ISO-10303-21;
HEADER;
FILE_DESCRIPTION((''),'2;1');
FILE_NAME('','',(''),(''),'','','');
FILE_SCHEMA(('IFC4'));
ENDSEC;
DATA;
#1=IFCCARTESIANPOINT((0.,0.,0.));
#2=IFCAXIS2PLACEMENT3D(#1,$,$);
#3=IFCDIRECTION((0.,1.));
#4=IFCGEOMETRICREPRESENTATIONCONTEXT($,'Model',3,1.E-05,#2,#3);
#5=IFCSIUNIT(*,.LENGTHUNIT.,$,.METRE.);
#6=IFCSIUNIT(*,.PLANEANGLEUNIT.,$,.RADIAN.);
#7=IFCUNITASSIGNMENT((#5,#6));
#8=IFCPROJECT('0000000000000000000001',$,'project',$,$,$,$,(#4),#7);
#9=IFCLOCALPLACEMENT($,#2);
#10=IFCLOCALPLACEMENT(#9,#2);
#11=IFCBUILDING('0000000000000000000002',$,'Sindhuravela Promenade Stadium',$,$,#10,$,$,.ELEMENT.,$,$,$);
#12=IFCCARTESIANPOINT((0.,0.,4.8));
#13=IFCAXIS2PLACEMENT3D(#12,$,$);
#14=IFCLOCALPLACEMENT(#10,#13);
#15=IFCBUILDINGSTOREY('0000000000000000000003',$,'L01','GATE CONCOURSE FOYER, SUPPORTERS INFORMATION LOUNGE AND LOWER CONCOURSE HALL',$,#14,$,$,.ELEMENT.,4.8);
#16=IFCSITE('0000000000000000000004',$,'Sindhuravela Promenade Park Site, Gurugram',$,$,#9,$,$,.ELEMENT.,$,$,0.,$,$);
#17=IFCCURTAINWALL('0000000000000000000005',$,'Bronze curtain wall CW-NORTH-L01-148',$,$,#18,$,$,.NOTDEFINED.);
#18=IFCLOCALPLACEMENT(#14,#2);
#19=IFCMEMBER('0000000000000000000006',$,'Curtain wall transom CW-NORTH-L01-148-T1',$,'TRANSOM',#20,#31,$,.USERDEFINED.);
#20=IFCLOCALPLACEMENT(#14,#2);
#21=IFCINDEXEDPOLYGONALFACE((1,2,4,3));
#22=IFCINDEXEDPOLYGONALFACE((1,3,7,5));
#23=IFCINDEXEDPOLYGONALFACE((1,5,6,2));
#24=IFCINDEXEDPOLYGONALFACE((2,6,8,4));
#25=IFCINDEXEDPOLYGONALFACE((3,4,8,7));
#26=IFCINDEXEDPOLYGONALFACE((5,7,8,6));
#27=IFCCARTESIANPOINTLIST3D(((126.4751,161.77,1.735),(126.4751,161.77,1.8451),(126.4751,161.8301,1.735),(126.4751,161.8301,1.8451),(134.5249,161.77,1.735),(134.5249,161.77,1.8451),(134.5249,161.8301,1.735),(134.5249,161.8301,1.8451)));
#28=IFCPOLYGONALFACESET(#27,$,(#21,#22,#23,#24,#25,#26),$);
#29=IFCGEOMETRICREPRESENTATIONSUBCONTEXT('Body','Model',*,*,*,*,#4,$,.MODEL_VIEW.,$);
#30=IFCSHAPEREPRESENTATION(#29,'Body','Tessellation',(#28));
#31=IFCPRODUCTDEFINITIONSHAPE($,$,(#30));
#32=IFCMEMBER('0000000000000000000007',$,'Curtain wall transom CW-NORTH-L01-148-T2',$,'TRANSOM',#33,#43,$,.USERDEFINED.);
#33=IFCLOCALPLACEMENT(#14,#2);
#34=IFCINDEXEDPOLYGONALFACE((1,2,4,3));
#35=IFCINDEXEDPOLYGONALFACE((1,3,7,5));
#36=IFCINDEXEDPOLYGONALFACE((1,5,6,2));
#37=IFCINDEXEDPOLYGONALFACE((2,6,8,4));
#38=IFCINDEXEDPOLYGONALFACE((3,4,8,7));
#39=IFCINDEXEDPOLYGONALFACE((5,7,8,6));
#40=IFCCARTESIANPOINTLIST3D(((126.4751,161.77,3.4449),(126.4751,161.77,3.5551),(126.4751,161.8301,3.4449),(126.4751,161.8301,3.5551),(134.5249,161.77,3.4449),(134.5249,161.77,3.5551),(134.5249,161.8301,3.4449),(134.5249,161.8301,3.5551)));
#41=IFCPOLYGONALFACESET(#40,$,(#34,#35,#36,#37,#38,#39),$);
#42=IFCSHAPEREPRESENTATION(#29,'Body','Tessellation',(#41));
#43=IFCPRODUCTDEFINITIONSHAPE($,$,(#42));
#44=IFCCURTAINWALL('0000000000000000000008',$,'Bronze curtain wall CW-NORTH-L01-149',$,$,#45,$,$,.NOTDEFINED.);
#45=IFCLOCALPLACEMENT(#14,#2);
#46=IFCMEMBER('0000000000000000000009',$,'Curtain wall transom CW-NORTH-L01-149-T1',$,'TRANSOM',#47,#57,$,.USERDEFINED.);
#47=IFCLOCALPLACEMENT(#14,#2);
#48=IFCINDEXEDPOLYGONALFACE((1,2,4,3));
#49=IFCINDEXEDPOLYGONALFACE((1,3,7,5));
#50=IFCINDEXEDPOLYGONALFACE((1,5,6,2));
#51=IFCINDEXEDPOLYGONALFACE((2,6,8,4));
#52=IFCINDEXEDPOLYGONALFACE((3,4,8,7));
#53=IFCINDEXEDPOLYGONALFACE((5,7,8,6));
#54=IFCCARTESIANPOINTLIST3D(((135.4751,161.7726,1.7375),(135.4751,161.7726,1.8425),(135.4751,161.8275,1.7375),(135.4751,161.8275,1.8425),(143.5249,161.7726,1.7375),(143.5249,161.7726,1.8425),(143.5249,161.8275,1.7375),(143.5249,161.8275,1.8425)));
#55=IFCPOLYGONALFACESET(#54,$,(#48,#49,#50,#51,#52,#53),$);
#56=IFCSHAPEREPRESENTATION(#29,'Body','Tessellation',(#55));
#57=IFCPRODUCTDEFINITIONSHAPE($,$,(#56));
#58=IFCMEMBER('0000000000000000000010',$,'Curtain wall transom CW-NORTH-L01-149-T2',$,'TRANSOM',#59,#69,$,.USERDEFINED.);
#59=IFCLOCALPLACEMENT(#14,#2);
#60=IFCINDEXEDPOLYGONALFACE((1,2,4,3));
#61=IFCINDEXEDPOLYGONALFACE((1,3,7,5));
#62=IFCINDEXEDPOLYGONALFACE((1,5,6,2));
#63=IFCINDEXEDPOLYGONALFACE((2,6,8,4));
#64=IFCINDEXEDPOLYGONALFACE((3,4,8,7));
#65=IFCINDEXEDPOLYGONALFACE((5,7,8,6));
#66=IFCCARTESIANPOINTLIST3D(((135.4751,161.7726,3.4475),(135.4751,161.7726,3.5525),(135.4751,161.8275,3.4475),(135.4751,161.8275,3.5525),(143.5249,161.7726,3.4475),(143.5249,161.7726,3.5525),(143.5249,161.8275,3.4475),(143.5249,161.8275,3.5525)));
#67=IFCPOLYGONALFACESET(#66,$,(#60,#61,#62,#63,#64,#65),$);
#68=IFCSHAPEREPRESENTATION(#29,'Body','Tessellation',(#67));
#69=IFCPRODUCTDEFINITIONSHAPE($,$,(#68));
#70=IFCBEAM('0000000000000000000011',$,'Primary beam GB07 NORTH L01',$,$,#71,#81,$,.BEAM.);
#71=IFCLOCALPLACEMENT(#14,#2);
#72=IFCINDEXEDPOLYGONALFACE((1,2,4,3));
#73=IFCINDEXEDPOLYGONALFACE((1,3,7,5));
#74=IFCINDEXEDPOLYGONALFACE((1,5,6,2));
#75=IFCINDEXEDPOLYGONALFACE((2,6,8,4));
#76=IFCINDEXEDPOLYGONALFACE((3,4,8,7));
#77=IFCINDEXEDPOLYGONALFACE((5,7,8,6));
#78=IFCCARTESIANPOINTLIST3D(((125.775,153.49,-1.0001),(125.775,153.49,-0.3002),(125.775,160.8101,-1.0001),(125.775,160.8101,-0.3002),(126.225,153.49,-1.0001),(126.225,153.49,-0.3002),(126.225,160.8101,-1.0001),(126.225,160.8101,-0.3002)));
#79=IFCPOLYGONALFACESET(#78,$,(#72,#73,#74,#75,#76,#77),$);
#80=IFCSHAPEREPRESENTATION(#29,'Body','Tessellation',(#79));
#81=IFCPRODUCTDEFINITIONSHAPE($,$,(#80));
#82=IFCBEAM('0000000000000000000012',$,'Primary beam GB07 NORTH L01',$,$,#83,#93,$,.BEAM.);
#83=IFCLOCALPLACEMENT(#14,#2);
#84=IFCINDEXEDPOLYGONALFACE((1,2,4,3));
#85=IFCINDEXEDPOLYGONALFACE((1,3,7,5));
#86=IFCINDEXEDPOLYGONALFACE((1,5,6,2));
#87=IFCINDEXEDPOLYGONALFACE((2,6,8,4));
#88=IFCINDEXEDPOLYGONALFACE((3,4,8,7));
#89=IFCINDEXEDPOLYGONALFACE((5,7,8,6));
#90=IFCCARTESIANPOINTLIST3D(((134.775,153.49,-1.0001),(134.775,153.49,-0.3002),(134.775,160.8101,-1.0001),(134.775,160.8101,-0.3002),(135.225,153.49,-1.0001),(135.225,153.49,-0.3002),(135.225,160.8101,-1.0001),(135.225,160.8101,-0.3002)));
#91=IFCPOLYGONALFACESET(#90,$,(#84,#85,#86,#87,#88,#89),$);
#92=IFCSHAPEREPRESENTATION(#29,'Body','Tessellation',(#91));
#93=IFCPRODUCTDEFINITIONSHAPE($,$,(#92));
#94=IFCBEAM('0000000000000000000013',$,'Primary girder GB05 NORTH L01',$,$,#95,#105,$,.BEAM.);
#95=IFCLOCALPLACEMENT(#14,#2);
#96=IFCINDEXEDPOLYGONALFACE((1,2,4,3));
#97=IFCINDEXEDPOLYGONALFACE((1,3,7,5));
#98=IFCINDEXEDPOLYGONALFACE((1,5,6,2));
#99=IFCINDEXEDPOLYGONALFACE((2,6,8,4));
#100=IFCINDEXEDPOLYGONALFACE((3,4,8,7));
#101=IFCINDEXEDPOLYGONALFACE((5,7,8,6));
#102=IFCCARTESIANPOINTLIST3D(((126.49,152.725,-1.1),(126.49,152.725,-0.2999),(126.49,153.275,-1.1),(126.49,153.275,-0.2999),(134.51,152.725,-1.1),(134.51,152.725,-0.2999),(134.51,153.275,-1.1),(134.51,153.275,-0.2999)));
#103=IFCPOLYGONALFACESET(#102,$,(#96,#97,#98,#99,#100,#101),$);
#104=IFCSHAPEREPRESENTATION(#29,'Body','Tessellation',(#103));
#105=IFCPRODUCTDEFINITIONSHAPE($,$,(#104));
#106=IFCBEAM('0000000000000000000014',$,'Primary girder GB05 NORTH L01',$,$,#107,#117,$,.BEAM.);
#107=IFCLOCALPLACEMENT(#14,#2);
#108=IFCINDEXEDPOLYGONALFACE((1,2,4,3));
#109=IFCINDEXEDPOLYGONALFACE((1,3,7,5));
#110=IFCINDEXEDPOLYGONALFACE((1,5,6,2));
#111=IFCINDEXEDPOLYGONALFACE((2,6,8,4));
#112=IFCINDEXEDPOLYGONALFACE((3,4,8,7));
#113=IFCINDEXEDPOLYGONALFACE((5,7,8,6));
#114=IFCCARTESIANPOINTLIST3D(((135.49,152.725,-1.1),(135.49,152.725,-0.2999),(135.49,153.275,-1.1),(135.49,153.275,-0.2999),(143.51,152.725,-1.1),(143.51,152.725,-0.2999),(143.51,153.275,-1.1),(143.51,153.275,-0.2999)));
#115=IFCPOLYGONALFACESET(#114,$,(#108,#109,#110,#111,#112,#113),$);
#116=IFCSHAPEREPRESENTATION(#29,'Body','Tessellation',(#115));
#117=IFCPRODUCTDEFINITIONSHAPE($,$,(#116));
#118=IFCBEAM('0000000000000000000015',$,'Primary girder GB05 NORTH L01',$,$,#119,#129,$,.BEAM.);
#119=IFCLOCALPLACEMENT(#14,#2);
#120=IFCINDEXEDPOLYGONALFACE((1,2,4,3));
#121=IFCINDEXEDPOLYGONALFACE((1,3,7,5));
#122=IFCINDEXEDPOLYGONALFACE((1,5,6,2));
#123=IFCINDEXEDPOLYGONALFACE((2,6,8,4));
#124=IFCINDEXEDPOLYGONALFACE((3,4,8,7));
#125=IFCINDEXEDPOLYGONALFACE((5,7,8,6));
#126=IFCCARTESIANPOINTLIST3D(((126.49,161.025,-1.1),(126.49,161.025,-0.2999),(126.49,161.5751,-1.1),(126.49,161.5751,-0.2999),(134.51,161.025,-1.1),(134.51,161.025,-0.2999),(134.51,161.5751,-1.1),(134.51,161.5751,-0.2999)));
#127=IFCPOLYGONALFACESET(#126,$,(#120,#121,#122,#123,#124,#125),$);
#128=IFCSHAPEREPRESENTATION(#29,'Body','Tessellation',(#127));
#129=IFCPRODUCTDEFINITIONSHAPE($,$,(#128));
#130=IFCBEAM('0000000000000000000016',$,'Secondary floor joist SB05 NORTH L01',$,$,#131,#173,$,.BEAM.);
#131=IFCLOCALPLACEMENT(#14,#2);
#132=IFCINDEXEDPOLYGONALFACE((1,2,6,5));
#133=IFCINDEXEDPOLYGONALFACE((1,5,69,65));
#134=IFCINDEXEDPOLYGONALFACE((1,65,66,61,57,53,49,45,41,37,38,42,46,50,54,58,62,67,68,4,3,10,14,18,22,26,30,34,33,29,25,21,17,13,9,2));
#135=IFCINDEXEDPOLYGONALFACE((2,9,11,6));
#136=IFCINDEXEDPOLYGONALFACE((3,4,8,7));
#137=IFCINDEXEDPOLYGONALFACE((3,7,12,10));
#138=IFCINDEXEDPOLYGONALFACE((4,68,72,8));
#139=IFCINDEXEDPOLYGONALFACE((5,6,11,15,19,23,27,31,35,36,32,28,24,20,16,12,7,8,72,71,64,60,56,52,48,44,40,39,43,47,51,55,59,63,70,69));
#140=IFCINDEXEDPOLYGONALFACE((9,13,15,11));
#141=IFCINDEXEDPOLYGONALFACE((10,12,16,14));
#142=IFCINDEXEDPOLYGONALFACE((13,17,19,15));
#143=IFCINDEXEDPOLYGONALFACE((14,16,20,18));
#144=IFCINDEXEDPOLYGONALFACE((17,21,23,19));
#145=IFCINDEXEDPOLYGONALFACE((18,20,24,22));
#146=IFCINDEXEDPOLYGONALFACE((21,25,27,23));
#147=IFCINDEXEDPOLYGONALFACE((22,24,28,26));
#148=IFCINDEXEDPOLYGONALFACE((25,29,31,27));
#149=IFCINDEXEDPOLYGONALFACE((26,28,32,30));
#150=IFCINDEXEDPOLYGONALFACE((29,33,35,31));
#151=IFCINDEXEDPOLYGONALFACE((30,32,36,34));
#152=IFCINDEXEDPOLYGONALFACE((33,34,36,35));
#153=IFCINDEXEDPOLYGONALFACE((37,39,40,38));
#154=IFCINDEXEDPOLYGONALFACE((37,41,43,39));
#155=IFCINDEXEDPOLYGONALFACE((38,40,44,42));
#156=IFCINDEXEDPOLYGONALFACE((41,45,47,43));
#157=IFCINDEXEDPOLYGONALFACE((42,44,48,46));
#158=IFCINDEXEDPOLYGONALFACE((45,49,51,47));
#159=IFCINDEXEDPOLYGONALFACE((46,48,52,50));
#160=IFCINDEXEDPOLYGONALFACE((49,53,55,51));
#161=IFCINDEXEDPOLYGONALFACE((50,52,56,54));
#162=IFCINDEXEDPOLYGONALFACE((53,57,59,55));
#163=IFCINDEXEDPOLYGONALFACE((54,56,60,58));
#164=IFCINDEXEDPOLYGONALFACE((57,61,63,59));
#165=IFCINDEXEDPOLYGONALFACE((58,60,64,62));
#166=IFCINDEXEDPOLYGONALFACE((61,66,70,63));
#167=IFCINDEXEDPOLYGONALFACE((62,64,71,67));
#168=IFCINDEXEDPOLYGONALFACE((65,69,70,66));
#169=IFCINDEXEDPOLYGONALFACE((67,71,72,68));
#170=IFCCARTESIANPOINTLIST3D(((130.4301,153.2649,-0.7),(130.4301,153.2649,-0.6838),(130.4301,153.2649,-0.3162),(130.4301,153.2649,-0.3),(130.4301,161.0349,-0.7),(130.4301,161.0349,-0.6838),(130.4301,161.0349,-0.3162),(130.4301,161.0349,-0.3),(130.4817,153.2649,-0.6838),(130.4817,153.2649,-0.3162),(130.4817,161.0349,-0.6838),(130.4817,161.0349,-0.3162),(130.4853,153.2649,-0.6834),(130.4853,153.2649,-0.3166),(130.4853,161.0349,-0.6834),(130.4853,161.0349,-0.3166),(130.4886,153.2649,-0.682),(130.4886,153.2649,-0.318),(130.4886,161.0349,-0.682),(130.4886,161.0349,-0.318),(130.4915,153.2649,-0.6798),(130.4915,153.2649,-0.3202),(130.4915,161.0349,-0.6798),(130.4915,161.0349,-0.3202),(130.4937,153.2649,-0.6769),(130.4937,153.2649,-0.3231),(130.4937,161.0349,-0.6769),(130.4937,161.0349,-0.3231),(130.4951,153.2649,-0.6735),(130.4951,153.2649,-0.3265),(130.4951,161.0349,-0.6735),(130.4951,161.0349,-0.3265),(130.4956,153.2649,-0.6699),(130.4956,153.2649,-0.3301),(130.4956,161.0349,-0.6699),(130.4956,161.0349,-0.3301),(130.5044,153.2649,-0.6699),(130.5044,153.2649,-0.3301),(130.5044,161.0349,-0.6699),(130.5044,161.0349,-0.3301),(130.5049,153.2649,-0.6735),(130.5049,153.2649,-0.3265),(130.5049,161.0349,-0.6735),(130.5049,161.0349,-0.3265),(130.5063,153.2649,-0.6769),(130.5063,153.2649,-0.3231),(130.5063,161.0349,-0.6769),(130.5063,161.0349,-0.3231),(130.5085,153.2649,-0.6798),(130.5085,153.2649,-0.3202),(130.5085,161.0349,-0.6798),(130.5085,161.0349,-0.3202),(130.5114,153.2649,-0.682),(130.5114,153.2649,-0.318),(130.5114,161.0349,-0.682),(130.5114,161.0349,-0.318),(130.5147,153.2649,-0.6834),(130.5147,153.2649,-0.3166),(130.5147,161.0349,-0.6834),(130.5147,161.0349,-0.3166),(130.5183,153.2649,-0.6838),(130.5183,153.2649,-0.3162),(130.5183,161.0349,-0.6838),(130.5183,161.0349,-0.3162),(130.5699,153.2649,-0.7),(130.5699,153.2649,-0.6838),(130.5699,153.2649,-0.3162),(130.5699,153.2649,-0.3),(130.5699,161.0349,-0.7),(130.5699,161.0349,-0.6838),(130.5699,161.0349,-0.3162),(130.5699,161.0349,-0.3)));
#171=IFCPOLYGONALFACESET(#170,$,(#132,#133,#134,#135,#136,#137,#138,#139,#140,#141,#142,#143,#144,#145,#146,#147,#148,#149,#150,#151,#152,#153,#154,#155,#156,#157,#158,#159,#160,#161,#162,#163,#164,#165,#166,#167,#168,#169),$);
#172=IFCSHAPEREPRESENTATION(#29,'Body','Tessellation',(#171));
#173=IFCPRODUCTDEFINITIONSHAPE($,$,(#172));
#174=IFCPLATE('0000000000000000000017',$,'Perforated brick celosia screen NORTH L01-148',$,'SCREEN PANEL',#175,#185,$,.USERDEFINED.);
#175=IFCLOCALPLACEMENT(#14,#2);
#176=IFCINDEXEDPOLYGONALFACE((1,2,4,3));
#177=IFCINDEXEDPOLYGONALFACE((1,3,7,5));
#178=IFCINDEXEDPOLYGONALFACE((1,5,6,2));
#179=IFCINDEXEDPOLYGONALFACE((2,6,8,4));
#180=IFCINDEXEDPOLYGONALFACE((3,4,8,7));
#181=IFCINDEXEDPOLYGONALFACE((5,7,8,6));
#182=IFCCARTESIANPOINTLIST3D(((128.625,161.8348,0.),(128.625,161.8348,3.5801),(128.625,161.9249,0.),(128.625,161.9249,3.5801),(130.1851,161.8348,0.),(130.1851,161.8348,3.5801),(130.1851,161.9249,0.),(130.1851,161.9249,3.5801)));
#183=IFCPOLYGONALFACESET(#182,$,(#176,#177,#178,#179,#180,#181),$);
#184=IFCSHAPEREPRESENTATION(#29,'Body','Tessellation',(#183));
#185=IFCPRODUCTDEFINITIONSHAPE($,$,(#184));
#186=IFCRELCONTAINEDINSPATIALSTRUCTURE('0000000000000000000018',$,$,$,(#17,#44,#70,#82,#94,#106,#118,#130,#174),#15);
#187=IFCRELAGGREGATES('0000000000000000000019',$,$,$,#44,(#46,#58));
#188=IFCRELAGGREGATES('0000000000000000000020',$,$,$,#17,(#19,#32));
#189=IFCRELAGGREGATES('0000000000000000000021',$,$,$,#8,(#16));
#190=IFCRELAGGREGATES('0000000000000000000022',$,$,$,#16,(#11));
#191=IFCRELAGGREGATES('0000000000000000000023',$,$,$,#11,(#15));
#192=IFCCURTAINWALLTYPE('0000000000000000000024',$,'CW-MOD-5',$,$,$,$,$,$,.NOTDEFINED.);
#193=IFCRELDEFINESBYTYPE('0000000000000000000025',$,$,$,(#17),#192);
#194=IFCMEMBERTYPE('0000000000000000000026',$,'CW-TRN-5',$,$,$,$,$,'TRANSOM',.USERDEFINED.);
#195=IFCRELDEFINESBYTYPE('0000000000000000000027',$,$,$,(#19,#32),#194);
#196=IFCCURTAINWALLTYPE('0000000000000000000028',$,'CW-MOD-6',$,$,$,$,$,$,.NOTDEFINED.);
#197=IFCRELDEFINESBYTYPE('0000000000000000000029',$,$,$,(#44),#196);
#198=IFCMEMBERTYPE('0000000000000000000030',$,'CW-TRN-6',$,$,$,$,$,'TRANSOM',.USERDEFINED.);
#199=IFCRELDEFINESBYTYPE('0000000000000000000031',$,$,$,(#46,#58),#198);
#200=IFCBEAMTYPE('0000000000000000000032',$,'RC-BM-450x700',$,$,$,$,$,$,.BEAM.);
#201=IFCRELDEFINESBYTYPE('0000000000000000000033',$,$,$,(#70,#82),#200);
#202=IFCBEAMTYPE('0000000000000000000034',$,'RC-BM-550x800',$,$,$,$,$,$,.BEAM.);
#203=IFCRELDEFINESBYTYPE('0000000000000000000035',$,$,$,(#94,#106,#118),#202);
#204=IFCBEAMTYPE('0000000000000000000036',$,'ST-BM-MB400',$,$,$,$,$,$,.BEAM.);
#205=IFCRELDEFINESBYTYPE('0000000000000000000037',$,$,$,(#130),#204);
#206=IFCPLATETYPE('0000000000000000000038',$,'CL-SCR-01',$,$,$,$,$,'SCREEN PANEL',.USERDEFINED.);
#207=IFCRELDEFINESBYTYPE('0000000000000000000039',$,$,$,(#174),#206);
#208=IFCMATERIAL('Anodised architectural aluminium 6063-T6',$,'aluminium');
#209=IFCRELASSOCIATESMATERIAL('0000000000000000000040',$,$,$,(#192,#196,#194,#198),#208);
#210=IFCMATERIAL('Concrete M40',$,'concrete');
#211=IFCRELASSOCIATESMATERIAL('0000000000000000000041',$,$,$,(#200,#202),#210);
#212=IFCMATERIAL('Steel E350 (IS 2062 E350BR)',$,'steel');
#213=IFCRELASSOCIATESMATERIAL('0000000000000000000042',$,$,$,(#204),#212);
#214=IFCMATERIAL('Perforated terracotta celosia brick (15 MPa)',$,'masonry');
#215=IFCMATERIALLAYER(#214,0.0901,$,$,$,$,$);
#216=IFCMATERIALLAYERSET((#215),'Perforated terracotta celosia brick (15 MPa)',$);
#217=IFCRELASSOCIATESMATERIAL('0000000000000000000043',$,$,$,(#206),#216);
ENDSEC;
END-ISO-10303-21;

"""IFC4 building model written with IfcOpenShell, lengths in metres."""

from ifc_helpers import new_model, si_unit, direction, frame, origin, origin_2d, place, context, subcontext, project, spatial, rectangle, i_section, extrude, material, layer, layer_set, material_profile, profile_set, type_object, element, aggregate, save


model = new_model("IFC4")

# Units and contexts
model_context = context("Model", 3, precision=1e-05, world=origin(), true_north=direction((0.0, 1.0)))
body_context = subcontext(model_context, "Body", "Model", "MODEL_VIEW")
ifc_project = project(units=[si_unit("LENGTHUNIT", "METRE"), si_unit("PLANEANGLEUNIT", "RADIAN")], contexts=[model_context])

# Site, building, storey
site_placement = place(None, origin())
site = spatial("IfcSite", under=ifc_project, at=site_placement, Name="Sindhuravela Promenade Park Site, Gurugram", CompositionType="ELEMENT", RefElevation=0.0)
building_placement = place(site_placement, origin())
building = spatial("IfcBuilding", under=site, at=building_placement, Name="Sindhuravela Promenade Stadium", CompositionType="ELEMENT")
storey_placement = place(building_placement, frame((0.0, 0.0, 4.8)))
storey = spatial("IfcBuildingStorey", under=building, at=storey_placement, Name="L01", Description="GATE CONCOURSE FOYER, SUPPORTERS INFORMATION LOUNGE AND LOWER CONCOURSE HALL", CompositionType="ELEMENT", Elevation=4.8)

# Shared definitions
ifc_material_1 = material(Name="Concrete M40", Category="concrete")

# Curtain wall
ifc_material_2 = material(Name="Anodised architectural aluminium 6063-T6", Category="aluminium")
curtain_wall_type_1 = type_object("IfcCurtainWallType", Name="CW-MOD-5", PredefinedType="NOTDEFINED", material=ifc_material_2)
curtain_wall_1_placement = place(storey_placement, origin())
curtain_wall_1 = element("IfcCurtainWall", 1, at=curtain_wall_1_placement, inside=storey, type_object=curtain_wall_type_1, Name="Bronze curtain wall CW-NORTH-L01-148", PredefinedType="NOTDEFINED")

# Members
ifc_material_profile_1 = material_profile(ifc_material_2, rectangle(XDim=0.0601, YDim=0.1101, at=origin_2d()), Name="ALU T60x110")
ifc_profile_set_1 = profile_set([ifc_material_profile_1], Name="Anodised architectural aluminium 6063-T6")
member_type_1 = type_object("IfcMemberType", Name="CW-TRN-5", ElementType="TRANSOM", PredefinedType="USERDEFINED", material=ifc_profile_set_1)
member_1_placement = place(storey_placement, frame((126.4751, 161.8, 1.79), z_axis=(1.0, 0.0, 0.0), x_axis=(0.0, 1.0, 0.0)))
member_1 = element("IfcMember", 2, at=member_1_placement, type_object=member_type_1, Name="Curtain wall transom CW-NORTH-L01-148-T1", ObjectType="TRANSOM", PredefinedType="USERDEFINED", context=body_context, shape_type="SweptSolid", body=[
    extrude(rectangle(XDim=0.0601, YDim=0.1101, at=origin_2d()), origin(), (0.0, 0.0, 1.0), 8.0498),
])
member_2_placement = place(storey_placement, frame((126.4751, 161.8, 3.5), z_axis=(1.0, 0.0, 0.0), x_axis=(0.0, 1.0, 0.0)))
member_2 = element("IfcMember", 3, at=member_2_placement, type_object=member_type_1, Name="Curtain wall transom CW-NORTH-L01-148-T2", ObjectType="TRANSOM", PredefinedType="USERDEFINED", context=body_context, shape_type="SweptSolid", body=[
    extrude(rectangle(XDim=0.0601, YDim=0.1101, at=origin_2d()), origin(), (0.0, 0.0, 1.0), 8.0498),
])

# Curtain wall, members
curtain_wall_type_2 = type_object("IfcCurtainWallType", Name="CW-MOD-6", PredefinedType="NOTDEFINED", material=ifc_material_2)
curtain_wall_2_placement = place(storey_placement, origin())
curtain_wall_2 = element("IfcCurtainWall", 4, at=curtain_wall_2_placement, inside=storey, type_object=curtain_wall_type_2, Name="Bronze curtain wall CW-NORTH-L01-149", PredefinedType="NOTDEFINED")
ifc_material_profile_2 = material_profile(ifc_material_2, rectangle(XDim=0.0549, YDim=0.105, at=origin_2d()), Name="ALU T55x105")
ifc_profile_set_2 = profile_set([ifc_material_profile_2], Name="Anodised architectural aluminium 6063-T6")
member_type_2 = type_object("IfcMemberType", Name="CW-TRN-6", ElementType="TRANSOM", PredefinedType="USERDEFINED", material=ifc_profile_set_2)
member_3_placement = place(storey_placement, frame((135.4751, 161.8, 1.79), z_axis=(1.0, 0.0, 0.0), x_axis=(0.0, 1.0, 0.0)))
member_3 = element("IfcMember", 5, at=member_3_placement, type_object=member_type_2, Name="Curtain wall transom CW-NORTH-L01-149-T1", ObjectType="TRANSOM", PredefinedType="USERDEFINED", context=body_context, shape_type="SweptSolid", body=[
    extrude(rectangle(XDim=0.0549, YDim=0.105, at=origin_2d()), origin(), (0.0, 0.0, 1.0), 8.0498),
])
member_4_placement = place(storey_placement, frame((135.4751, 161.8, 3.5), z_axis=(1.0, 0.0, 0.0), x_axis=(0.0, 1.0, 0.0)))
member_4 = element("IfcMember", 6, at=member_4_placement, type_object=member_type_2, Name="Curtain wall transom CW-NORTH-L01-149-T2", ObjectType="TRANSOM", PredefinedType="USERDEFINED", context=body_context, shape_type="SweptSolid", body=[
    extrude(rectangle(XDim=0.0549, YDim=0.105, at=origin_2d()), origin(), (0.0, 0.0, 1.0), 8.0498),
])
aggregate(curtain_wall_2, [member_3, member_4])

# Beams
ifc_material_profile_3 = material_profile(ifc_material_1, rectangle(XDim=0.45, YDim=0.7, at=origin_2d()), Name="RC 450x700")
ifc_profile_set_3 = profile_set([ifc_material_profile_3], Name="Concrete M40")
beam_type_1 = type_object("IfcBeamType", Name="RC-BM-450x700", PredefinedType="BEAM", material=ifc_profile_set_3)
for number, where, z_axis, x_axis, name in (
    (7, (126.0, 153.49, -0.6501), (0.0, 1.0, 0.0), (-1.0, 0.0, 0.0), "Primary beam GB07 NORTH L01"),
    (8, (135.0, 153.49, -0.6501), (0.0, 1.0, 0.0), (-1.0, 0.0, 0.0), "Primary beam GB07 NORTH L01"),
):
    element("IfcBeam", number, at=place(storey_placement, frame(where, z_axis=z_axis, x_axis=x_axis)), inside=storey, type_object=beam_type_1, Name=name, PredefinedType="BEAM", context=body_context, shape_type="SweptSolid", body=[
        extrude(rectangle(XDim=0.45, YDim=0.7, at=origin_2d()), origin(), (0.0, 0.0, 1.0), 7.3201),
    ])
ifc_material_profile_4 = material_profile(ifc_material_1, rectangle(XDim=0.55, YDim=0.8, at=origin_2d()), Name="RC 550x800")
ifc_profile_set_4 = profile_set([ifc_material_profile_4], Name="Concrete M40")
beam_type_2 = type_object("IfcBeamType", Name="RC-BM-550x800", PredefinedType="BEAM", material=ifc_profile_set_4)
for number, where, z_axis, x_axis, name in (
    (9, (126.49, 153.0, -0.7), (1.0, 0.0, 0.0), (0.0, 1.0, 0.0), "Primary girder GB05 NORTH L01"),
    (10, (135.49, 153.0, -0.7), (1.0, 0.0, 0.0), (0.0, 1.0, 0.0), "Primary girder GB05 NORTH L01"),
    (11, (126.49, 161.3, -0.7), (1.0, 0.0, 0.0), (0.0, 1.0, 0.0), "Primary girder GB05 NORTH L01"),
):
    element("IfcBeam", number, at=place(storey_placement, frame(where, z_axis=z_axis, x_axis=x_axis)), inside=storey, type_object=beam_type_2, Name=name, PredefinedType="BEAM", context=body_context, shape_type="SweptSolid", body=[
        extrude(rectangle(XDim=0.55, YDim=0.8, at=origin_2d()), origin(), (0.0, 0.0, 1.0), 8.02),
    ])
ifc_material_3 = material(Name="Steel E350 (IS 2062 E350BR)", Category="steel")
ifc_material_profile_5 = material_profile(ifc_material_3, i_section(OverallWidth=0.1399, OverallDepth=0.3999, WebThickness=0.0088, FlangeThickness=0.0161, FilletRadius=0.0139, at=origin_2d()), Name="ISMB 400")
ifc_profile_set_5 = profile_set([ifc_material_profile_5], Name="Steel E350 (IS 2062 E350BR)")
beam_type_3 = type_object("IfcBeamType", Name="ST-BM-MB400", PredefinedType="BEAM", material=ifc_profile_set_5)
beam_placement = place(storey_placement, frame((130.5, 153.2649, -0.5), z_axis=(0.0, 1.0, 0.0), x_axis=(-1.0, 0.0, 0.0)))
element("IfcBeam", 12, at=beam_placement, inside=storey, type_object=beam_type_3, Name="Secondary floor joist SB05 NORTH L01", PredefinedType="BEAM", context=body_context, shape_type="SweptSolid", body=[
    extrude(i_section(OverallWidth=0.1399, OverallDepth=0.3999, WebThickness=0.0088, FlangeThickness=0.0161, FilletRadius=0.0139, at=origin_2d()), origin(), (0.0, 0.0, 1.0), 7.77),
])

# Plate
ifc_material_4 = material(Name="Perforated terracotta celosia brick (15 MPa)", Category="masonry")
ifc_layer_1 = layer(ifc_material_4, 0.0901)
ifc_layer_set_1 = layer_set([ifc_layer_1], Name="Perforated terracotta celosia brick (15 MPa)")
plate_type_1 = type_object("IfcPlateType", Name="CL-SCR-01", ElementType="SCREEN PANEL", PredefinedType="USERDEFINED", material=ifc_layer_set_1)
plate_1_placement = place(storey_placement, frame((129.405, 161.8799, 0.0), z_axis=(0.0, 0.0, 1.0), x_axis=(1.0, 0.0, 0.0)))
element("IfcPlate", 13, at=plate_1_placement, inside=storey, type_object=plate_type_1, Name="Perforated brick celosia screen NORTH L01-148", ObjectType="SCREEN PANEL", PredefinedType="USERDEFINED", context=body_context, shape_type="SweptSolid", body=[
    extrude(rectangle(XDim=1.5601, YDim=0.0901, at=origin_2d()), origin(), (0.0, 0.0, 1.0), 3.5801),
])

aggregate(curtain_wall_1, [member_1, member_2])

save(model, "model.ifc")
